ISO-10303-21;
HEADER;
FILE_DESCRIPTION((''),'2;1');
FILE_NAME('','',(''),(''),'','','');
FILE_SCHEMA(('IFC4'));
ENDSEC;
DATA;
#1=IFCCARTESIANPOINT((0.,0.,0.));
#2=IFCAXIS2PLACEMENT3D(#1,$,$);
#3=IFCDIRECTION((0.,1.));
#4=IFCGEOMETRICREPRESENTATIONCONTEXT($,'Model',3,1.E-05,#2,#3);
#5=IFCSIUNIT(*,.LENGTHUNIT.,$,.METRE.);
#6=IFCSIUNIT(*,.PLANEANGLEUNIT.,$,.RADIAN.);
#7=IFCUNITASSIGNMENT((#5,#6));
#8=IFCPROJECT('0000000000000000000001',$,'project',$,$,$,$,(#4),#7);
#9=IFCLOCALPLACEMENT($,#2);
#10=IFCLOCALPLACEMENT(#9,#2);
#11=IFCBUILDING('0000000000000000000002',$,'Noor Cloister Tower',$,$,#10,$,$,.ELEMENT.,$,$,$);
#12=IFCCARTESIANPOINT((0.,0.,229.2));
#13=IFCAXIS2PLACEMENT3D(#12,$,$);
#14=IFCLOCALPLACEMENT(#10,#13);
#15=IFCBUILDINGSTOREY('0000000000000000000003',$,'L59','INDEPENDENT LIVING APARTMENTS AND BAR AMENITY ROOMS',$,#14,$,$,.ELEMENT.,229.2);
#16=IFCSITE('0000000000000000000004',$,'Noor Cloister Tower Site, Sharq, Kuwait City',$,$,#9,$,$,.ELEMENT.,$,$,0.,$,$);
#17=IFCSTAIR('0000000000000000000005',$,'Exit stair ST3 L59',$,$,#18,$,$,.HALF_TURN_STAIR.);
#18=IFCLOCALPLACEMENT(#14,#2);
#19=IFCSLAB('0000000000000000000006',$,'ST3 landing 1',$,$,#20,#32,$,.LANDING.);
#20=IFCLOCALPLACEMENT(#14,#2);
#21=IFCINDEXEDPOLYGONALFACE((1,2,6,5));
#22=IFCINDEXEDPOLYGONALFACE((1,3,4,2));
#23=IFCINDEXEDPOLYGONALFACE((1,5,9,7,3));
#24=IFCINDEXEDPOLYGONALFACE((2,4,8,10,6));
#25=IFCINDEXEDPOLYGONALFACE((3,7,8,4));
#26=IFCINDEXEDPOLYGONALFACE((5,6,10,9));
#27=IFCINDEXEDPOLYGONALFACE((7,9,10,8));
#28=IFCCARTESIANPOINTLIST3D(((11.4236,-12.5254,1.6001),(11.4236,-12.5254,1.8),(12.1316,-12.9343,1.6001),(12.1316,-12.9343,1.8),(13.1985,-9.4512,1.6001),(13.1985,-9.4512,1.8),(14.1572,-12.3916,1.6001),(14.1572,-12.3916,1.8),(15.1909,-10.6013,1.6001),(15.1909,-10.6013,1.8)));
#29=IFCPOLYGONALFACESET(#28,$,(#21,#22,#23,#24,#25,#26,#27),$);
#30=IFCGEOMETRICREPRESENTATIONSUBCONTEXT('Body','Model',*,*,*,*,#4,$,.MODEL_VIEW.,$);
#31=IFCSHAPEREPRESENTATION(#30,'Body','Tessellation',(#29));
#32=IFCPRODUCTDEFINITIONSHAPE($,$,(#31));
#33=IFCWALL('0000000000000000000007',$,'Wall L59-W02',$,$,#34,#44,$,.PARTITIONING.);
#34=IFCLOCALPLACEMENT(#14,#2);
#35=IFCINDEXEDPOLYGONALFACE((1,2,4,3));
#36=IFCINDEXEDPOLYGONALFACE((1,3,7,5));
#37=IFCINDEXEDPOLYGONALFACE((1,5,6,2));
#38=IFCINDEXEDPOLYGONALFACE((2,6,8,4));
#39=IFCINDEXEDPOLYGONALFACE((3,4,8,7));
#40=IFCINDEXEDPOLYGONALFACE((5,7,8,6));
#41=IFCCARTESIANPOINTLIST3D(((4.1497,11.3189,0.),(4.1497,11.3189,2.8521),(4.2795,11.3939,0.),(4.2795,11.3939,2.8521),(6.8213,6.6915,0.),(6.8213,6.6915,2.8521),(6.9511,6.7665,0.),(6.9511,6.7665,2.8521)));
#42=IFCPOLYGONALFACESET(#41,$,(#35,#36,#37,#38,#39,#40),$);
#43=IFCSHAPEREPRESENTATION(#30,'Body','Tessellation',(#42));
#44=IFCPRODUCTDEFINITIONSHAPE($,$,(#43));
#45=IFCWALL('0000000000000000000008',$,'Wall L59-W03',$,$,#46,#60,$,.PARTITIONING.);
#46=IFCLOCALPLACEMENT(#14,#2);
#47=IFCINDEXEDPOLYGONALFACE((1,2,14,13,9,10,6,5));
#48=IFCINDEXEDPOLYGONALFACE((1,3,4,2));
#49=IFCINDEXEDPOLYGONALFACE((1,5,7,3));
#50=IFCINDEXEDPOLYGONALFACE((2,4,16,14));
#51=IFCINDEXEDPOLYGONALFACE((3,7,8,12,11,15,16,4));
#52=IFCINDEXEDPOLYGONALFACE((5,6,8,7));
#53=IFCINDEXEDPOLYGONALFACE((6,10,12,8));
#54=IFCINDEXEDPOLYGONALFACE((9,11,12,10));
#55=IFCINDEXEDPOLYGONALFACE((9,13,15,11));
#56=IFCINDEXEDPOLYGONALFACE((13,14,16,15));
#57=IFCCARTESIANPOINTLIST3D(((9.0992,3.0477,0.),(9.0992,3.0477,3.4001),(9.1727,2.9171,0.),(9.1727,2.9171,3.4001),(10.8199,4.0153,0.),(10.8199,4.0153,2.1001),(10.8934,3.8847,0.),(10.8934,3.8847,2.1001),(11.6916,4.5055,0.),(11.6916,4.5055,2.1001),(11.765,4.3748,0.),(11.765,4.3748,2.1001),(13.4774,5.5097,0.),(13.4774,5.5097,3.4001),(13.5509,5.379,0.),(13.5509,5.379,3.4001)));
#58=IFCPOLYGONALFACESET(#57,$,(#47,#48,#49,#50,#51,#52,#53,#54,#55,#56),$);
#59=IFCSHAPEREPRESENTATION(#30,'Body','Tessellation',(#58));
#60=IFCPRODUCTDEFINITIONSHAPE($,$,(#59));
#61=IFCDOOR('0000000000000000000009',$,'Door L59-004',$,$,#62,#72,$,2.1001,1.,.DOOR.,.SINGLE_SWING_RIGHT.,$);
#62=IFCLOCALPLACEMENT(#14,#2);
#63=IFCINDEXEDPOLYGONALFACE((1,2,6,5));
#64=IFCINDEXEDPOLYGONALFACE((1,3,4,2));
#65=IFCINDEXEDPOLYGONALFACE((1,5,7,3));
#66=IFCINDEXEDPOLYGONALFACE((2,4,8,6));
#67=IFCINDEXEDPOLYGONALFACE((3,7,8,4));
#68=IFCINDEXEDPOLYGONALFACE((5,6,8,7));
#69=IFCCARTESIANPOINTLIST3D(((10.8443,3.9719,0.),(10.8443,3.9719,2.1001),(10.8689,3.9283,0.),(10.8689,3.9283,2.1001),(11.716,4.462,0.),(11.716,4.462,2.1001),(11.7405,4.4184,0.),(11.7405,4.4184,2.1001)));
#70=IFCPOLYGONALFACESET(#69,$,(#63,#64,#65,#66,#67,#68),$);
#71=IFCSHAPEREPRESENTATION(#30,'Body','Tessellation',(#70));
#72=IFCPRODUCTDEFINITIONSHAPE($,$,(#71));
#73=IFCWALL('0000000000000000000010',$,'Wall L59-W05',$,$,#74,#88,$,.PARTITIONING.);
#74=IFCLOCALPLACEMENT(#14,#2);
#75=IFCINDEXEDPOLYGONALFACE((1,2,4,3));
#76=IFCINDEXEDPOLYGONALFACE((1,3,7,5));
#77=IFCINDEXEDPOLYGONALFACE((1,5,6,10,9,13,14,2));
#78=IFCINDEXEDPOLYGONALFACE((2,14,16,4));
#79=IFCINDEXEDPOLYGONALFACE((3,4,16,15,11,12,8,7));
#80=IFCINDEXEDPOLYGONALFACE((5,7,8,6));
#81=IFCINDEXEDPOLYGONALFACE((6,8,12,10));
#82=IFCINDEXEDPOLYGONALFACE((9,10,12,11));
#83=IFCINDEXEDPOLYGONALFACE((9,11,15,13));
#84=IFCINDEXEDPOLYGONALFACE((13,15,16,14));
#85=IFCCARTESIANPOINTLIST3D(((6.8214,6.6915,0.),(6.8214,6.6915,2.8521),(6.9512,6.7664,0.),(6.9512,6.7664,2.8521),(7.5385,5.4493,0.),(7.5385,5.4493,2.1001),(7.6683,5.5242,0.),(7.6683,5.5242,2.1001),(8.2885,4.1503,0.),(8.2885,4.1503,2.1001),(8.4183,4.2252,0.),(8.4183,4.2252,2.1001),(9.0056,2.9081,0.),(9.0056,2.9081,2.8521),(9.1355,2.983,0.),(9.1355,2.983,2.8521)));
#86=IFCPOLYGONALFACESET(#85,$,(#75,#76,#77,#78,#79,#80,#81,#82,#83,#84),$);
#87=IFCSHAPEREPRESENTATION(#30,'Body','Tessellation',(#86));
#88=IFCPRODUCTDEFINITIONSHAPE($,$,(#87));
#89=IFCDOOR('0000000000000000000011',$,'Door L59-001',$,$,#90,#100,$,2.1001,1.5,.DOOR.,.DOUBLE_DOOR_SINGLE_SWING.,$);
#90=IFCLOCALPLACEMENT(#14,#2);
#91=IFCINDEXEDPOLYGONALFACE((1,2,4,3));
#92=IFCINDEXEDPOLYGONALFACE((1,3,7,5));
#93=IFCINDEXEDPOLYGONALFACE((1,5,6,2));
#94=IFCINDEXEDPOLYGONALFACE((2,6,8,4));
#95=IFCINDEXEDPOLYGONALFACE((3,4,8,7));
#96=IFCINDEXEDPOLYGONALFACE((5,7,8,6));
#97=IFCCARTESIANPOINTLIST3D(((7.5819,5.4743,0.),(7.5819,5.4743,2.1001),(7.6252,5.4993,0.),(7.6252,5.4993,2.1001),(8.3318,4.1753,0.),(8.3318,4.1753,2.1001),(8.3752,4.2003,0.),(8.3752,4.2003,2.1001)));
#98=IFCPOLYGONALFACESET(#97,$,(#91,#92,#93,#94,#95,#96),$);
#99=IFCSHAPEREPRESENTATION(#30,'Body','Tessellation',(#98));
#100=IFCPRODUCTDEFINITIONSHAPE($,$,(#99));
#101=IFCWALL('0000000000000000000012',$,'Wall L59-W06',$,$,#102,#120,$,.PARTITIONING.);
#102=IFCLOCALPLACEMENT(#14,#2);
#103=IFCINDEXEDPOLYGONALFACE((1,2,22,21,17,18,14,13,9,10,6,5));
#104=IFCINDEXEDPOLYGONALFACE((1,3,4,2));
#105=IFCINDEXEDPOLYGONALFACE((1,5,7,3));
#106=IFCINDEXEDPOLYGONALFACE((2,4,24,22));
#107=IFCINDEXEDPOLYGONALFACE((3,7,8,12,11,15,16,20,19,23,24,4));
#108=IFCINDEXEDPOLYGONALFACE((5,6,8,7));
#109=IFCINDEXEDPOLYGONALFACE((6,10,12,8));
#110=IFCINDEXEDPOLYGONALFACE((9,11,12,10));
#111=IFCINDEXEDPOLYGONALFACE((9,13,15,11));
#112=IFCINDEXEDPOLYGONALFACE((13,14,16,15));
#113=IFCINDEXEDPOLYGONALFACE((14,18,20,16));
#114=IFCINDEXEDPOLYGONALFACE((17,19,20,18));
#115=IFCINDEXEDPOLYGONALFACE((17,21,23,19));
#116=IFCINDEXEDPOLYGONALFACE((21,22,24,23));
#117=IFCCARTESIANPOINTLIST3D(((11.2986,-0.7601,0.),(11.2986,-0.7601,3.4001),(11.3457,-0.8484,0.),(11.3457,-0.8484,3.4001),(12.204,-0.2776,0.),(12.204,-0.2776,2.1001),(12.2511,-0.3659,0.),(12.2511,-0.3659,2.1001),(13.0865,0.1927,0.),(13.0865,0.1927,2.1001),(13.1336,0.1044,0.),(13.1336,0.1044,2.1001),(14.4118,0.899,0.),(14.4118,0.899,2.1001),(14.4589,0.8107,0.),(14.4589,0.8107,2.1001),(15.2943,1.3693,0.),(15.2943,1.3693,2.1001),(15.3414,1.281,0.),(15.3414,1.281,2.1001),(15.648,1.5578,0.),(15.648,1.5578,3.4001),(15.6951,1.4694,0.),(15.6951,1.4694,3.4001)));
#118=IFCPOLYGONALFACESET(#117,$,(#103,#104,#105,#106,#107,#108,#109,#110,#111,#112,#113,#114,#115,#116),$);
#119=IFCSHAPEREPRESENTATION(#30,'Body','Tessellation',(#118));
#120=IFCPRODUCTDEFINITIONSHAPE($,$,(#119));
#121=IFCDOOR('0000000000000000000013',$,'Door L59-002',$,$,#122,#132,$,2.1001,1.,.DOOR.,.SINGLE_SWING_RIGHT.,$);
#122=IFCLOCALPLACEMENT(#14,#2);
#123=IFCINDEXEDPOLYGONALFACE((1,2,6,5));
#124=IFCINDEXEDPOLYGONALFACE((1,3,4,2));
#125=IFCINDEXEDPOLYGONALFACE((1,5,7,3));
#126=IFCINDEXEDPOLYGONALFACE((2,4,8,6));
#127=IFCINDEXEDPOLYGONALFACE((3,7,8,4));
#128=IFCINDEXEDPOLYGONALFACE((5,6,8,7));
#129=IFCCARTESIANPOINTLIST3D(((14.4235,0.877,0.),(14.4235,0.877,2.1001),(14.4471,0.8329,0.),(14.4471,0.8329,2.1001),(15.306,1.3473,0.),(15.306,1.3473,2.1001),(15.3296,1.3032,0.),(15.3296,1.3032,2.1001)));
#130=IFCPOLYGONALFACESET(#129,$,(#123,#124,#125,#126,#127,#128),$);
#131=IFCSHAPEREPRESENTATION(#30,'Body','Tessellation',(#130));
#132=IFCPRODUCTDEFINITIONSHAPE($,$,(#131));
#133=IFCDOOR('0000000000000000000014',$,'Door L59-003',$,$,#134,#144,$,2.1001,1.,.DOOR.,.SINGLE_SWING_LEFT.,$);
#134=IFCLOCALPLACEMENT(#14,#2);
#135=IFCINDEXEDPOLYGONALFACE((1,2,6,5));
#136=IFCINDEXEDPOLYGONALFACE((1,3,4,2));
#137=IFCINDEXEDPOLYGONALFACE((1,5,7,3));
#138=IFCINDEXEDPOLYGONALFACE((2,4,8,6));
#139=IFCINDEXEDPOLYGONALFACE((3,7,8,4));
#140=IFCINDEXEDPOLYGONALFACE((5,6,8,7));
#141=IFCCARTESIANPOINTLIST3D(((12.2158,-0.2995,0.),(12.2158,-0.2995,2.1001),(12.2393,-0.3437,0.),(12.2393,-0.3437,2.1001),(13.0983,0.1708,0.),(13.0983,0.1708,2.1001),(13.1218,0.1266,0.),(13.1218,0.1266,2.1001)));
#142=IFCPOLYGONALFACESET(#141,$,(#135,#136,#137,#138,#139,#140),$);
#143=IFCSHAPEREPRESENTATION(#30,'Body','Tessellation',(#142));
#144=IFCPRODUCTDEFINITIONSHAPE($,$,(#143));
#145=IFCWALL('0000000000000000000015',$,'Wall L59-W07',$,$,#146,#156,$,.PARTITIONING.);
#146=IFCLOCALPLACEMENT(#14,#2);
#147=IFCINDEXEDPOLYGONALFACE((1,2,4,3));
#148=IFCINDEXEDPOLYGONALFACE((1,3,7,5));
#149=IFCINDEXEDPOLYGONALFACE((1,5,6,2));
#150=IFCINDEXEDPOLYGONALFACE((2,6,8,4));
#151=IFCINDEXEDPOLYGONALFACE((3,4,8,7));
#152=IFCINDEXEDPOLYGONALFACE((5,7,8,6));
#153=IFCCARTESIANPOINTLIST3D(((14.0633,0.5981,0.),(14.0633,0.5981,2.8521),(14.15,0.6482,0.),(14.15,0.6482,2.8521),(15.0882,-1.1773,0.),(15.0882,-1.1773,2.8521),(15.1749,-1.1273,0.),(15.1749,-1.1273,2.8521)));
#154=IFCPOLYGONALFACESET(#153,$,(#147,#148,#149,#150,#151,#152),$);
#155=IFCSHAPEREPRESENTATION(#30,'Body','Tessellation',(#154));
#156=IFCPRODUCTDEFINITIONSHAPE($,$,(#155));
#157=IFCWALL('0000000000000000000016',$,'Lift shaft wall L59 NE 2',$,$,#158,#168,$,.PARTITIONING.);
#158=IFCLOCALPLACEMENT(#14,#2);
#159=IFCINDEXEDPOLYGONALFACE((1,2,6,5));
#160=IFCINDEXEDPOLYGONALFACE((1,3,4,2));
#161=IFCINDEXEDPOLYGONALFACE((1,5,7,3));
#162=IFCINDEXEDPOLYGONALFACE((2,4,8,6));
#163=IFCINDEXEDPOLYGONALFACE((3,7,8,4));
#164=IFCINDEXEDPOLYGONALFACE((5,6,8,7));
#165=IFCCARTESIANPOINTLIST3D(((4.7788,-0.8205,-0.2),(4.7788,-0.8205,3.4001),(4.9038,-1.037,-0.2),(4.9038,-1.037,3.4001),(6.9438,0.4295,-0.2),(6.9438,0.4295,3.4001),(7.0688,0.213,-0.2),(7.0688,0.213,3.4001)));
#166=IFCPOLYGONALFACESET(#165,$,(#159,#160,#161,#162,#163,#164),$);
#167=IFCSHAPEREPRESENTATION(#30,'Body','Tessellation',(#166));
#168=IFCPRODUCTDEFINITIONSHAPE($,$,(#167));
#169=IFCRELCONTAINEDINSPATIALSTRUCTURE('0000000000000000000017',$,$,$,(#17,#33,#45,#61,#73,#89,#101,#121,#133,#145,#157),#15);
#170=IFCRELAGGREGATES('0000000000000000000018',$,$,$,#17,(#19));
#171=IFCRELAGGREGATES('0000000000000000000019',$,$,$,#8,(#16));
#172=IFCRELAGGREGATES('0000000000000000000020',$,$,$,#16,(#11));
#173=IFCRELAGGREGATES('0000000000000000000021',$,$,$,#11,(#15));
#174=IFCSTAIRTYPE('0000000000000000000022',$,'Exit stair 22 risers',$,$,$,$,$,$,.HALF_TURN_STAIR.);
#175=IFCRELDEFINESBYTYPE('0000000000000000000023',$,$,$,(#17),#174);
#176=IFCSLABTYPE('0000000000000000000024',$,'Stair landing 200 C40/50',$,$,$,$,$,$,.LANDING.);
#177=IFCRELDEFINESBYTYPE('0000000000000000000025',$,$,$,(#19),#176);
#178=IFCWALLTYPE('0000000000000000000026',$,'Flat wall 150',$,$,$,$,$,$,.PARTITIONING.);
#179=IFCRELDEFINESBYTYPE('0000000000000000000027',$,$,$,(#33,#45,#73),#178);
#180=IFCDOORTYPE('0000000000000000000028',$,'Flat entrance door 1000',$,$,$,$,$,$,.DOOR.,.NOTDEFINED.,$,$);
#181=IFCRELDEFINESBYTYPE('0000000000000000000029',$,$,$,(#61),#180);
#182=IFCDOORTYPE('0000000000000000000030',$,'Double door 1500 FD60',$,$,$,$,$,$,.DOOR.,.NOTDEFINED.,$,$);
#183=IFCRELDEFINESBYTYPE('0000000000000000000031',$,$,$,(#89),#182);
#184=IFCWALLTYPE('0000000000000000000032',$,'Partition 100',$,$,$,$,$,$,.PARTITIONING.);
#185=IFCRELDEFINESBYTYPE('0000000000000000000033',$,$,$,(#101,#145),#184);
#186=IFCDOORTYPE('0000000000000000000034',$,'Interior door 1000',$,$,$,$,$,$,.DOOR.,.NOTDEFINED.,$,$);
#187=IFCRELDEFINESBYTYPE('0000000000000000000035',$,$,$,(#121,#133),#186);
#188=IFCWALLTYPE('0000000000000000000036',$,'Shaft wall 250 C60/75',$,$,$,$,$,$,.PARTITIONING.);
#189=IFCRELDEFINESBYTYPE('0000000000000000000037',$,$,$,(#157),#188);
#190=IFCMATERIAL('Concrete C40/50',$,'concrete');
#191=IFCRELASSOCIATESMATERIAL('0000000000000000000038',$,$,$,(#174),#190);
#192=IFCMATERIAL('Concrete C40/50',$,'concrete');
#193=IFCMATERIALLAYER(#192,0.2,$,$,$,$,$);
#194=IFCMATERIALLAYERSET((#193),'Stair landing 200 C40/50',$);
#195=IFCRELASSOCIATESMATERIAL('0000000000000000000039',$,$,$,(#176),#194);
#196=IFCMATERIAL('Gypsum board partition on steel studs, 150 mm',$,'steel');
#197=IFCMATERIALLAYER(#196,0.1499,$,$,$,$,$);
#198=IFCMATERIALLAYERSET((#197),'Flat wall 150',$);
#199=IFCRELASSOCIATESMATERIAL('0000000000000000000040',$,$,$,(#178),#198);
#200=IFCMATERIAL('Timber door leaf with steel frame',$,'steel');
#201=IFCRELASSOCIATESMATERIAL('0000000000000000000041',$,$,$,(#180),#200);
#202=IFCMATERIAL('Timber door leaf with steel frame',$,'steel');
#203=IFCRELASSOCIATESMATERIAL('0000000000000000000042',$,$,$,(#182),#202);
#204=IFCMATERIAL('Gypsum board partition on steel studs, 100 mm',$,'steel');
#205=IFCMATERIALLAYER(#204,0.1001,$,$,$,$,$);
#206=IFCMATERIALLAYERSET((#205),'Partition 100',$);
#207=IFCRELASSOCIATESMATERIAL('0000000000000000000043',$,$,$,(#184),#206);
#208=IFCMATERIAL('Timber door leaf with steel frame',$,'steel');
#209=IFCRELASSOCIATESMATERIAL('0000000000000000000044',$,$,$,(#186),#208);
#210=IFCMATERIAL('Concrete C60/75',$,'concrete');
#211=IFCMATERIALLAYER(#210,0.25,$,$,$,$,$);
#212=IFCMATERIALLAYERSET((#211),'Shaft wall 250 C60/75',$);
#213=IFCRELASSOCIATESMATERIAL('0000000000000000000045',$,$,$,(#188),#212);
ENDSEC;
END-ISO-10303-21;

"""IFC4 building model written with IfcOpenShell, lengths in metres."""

from ifc_helpers import new_model, si_unit, direction, frame, frame_2d, origin, place, context, subcontext, project, spatial, polyline, rectangle, outline, extrude, material, layer, layer_set, type_object, element, fill, aggregate, save


model = new_model("IFC4")

# Units and contexts
model_context = context("Model", 3, precision=1e-05, world=origin(), true_north=direction((0.0, 1.0)))
body_context = subcontext(model_context, "Body", "Model", "MODEL_VIEW")
ifc_project = project(units=[si_unit("LENGTHUNIT", "METRE"), si_unit("PLANEANGLEUNIT", "RADIAN")], contexts=[model_context])

# Site, building, storey
site_placement = place(None, origin())
site = spatial("IfcSite", under=ifc_project, at=site_placement, Name="Noor Cloister Tower Site, Sharq, Kuwait City", CompositionType="ELEMENT", RefElevation=0.0)
building_placement = place(site_placement, origin())
building = spatial("IfcBuilding", under=site, at=building_placement, Name="Noor Cloister Tower", CompositionType="ELEMENT")
storey_placement = place(building_placement, frame((0.0, 0.0, 229.2)))
storey = spatial("IfcBuildingStorey", under=building, at=storey_placement, Name="L59", Description="INDEPENDENT LIVING APARTMENTS AND BAR AMENITY ROOMS", CompositionType="ELEMENT", Elevation=229.2)

# Stair, slab
ifc_material_1 = material(Name="Concrete C40/50", Category="concrete")
stair_type = type_object("IfcStairType", Name="Exit stair 22 risers", PredefinedType="HALF_TURN_STAIR", material=ifc_material_1)
ifc_material_2 = material(Name="Concrete C40/50", Category="concrete")
ifc_layer_1 = layer(ifc_material_2, 0.2)
ifc_layer_set_1 = layer_set([ifc_layer_1], Name="Stair landing 200 C40/50")
slab_type = type_object("IfcSlabType", Name="Stair landing 200 C40/50", PredefinedType="LANDING", material=ifc_layer_set_1)
stair_1_placement = place(storey_placement, origin())
stair_1 = element("IfcStair", 1, at=stair_1_placement, inside=storey, type_object=stair_type, Name="Exit stair ST3 L59", PredefinedType="HALF_TURN_STAIR")
slab_1_placement = place(storey_placement, frame((0.0, 0.0, 1.6001)))
slab_1 = element("IfcSlab", 2, at=slab_1_placement, type_object=slab_type, Name="ST3 landing 1", PredefinedType="LANDING", context=body_context, shape_type="SweptSolid", body=[
    extrude(outline(polyline([(11.4236, -12.5254), (12.1316, -12.9343), (14.1572, -12.3916), (15.1909, -10.6013), (13.1985, -9.4512), (11.4236, -12.5254)])), origin(), (0.0, 0.0, 1.0), 0.2),
])
aggregate(stair_1, [slab_1])

# Wall
ifc_material_3 = material(Name="Gypsum board partition on steel studs, 150 mm", Category="steel")
ifc_layer_2 = layer(ifc_material_3, 0.1499)
ifc_layer_set_2 = layer_set([ifc_layer_2], Name="Flat wall 150")
wall_type_1 = type_object("IfcWallType", Name="Flat wall 150", PredefinedType="PARTITIONING", material=ifc_layer_set_2)
wall_1_placement = place(storey_placement, frame((6.8862, 6.729, 0.0), z_axis=(0.0, 0.0, 1.0), x_axis=(-0.499997, 0.866027, 0.0)))
element("IfcWall", 3, at=wall_1_placement, inside=storey, type_object=wall_type_1, Name="Wall L59-W02", PredefinedType="PARTITIONING", context=body_context, shape_type="SweptSolid", body=[
    extrude(rectangle(XDim=5.3433, YDim=0.1499, at=frame_2d((2.6716, 0.0))), origin(), (0.0, 0.0, 1.0), 2.8521),
])

# Walls, openings, doors
wall_2_placement = place(storey_placement, frame((13.5142, 5.4443, 0.0), z_axis=(0.0, 0.0, 1.0), x_axis=(-0.871644, -0.490139, 0.0)))
wall_2 = element("IfcWall", 4, at=wall_2_placement, inside=storey, type_object=wall_type_1, Name="Wall L59-W03", PredefinedType="PARTITIONING", context=body_context, shape_type="SweptSolid", body=[
    extrude(rectangle(XDim=5.0229, YDim=0.1499, at=frame_2d((2.5115, 0.0))), origin(), (0.0, 0.0, 1.0), 3.4001),
])
opening_1_placement = place(wall_2_placement, frame((2.0488, 0.0, 0.0)))
opening_1 = element("IfcOpeningElement", 5, at=opening_1_placement, cuts=wall_2, PredefinedType="OPENING", context=body_context, shape_type="SweptSolid", body=[
    extrude(rectangle(XDim=1.0, YDim=2.1001, at=frame_2d((0.5, 1.05))), frame((0.0, 0.085, 0.0), z_axis=(0.0, -1.0, 0.0), x_axis=(1.0, 0.0, 0.0)), (0.0, 0.0, 1.0), 0.1699),
])
ifc_material_4 = material(Name="Timber door leaf with steel frame", Category="steel")
door_type_1 = type_object("IfcDoorType", Name="Flat entrance door 1000", OperationType="NOTDEFINED", PredefinedType="DOOR", material=ifc_material_4)
door_1_placement = place(opening_1_placement, origin())
door_1 = element("IfcDoor", 6, at=door_1_placement, inside=storey, type_object=door_type_1, Name="Door L59-004", OperationType="SINGLE_SWING_RIGHT", OverallHeight=2.1001, OverallWidth=1.0, PredefinedType="DOOR", context=body_context, shape_type="SweptSolid", body=[
    extrude(rectangle(XDim=1.0, YDim=2.1001, at=frame_2d((0.5, 1.05))), frame((0.0, 0.0249, 0.0), z_axis=(0.0, -1.0, 0.0), x_axis=(1.0, 0.0, 0.0)), (0.0, 0.0, 1.0), 0.05),
])
fill(opening_1, door_1)
wall_3_placement = place(storey_placement, frame((9.0706, 2.9456, 0.0), z_axis=(0.0, 0.0, 1.0), x_axis=(-0.499992, 0.86603, 0.0)))
wall_3 = element("IfcWall", 7, at=wall_3_placement, inside=storey, type_object=wall_type_1, Name="Wall L59-W05", PredefinedType="PARTITIONING", context=body_context, shape_type="SweptSolid", body=[
    extrude(rectangle(XDim=4.3687, YDim=0.1499, at=frame_2d((2.1843, 0.0))), origin(), (0.0, 0.0, 1.0), 2.8521),
])
opening_2_placement = place(wall_3_placement, frame((1.4343, 0.0, 0.0)))
opening_2 = element("IfcOpeningElement", 8, at=opening_2_placement, cuts=wall_3, PredefinedType="OPENING", context=body_context, shape_type="SweptSolid", body=[
    extrude(rectangle(XDim=1.5, YDim=2.1001, at=frame_2d((0.75, 1.05))), frame((0.0, 0.085, 0.0), z_axis=(0.0, -1.0, 0.0), x_axis=(1.0, 0.0, 0.0)), (0.0, 0.0, 1.0), 0.1699),
])
ifc_material_5 = material(Name="Timber door leaf with steel frame", Category="steel")
door_type_2 = type_object("IfcDoorType", Name="Double door 1500 FD60", OperationType="NOTDEFINED", PredefinedType="DOOR", material=ifc_material_5)
door_2_placement = place(opening_2_placement, origin())
door_2 = element("IfcDoor", 9, at=door_2_placement, inside=storey, type_object=door_type_2, Name="Door L59-001", OperationType="DOUBLE_DOOR_SINGLE_SWING", OverallHeight=2.1001, OverallWidth=1.5, PredefinedType="DOOR", context=body_context, shape_type="SweptSolid", body=[
    extrude(rectangle(XDim=1.5, YDim=2.1001, at=frame_2d((0.75, 1.05))), frame((0.0, 0.0249, 0.0), z_axis=(0.0, -1.0, 0.0), x_axis=(1.0, 0.0, 0.0)), (0.0, 0.0, 1.0), 0.05),
])
fill(opening_2, door_2)

# Wall, openings, doors
ifc_material_6 = material(Name="Gypsum board partition on steel studs, 100 mm", Category="steel")
ifc_layer_3 = layer(ifc_material_6, 0.1001)
ifc_layer_set_3 = layer_set([ifc_layer_3], Name="Partition 100")
wall_type_2 = type_object("IfcWallType", Name="Partition 100", PredefinedType="PARTITIONING", material=ifc_layer_set_3)
wall_4_placement = place(storey_placement, frame((15.6716, 1.5137, 0.0), z_axis=(0.0, 0.0, 1.0), x_axis=(-0.882504, -0.470305, 0.0)))
wall_4 = element("IfcWall", 10, at=wall_4_placement, inside=storey, type_object=wall_type_2, Name="Wall L59-W06", PredefinedType="PARTITIONING", context=body_context, shape_type="SweptSolid", body=[
    extrude(rectangle(XDim=4.9285, YDim=0.1001, at=frame_2d((2.4644, 0.0))), origin(), (0.0, 0.0, 1.0), 3.4001),
])
opening_3_placement = place(wall_4_placement, frame((0.4009, 0.0, 0.0)))
opening_3 = element("IfcOpeningElement", 11, at=opening_3_placement, cuts=wall_4, PredefinedType="OPENING", context=body_context, shape_type="SweptSolid", body=[
    extrude(rectangle(XDim=1.0, YDim=2.1001, at=frame_2d((0.5, 1.05))), frame((0.0, 0.0601, 0.0), z_axis=(0.0, -1.0, 0.0), x_axis=(1.0, 0.0, 0.0)), (0.0, 0.0, 1.0), 0.1201),
])
opening_4_placement = place(wall_4_placement, frame((2.9026, 0.0, 0.0)))
opening_4 = element("IfcOpeningElement", 12, at=opening_4_placement, cuts=wall_4, PredefinedType="OPENING", context=body_context, shape_type="SweptSolid", body=[
    extrude(rectangle(XDim=1.0, YDim=2.1001, at=frame_2d((0.5, 1.05))), frame((0.0, 0.0601, 0.0), z_axis=(0.0, -1.0, 0.0), x_axis=(1.0, 0.0, 0.0)), (0.0, 0.0, 1.0), 0.1201),
])
ifc_material_7 = material(Name="Timber door leaf with steel frame", Category="steel")
door_type_3 = type_object("IfcDoorType", Name="Interior door 1000", OperationType="NOTDEFINED", PredefinedType="DOOR", material=ifc_material_7)
door_3_placement = place(opening_3_placement, origin())
door_3 = element("IfcDoor", 13, at=door_3_placement, inside=storey, type_object=door_type_3, Name="Door L59-002", OperationType="SINGLE_SWING_RIGHT", OverallHeight=2.1001, OverallWidth=1.0, PredefinedType="DOOR", context=body_context, shape_type="SweptSolid", body=[
    extrude(rectangle(XDim=1.0, YDim=2.1001, at=frame_2d((0.5, 1.05))), frame((0.0, 0.0249, 0.0), z_axis=(0.0, -1.0, 0.0), x_axis=(1.0, 0.0, 0.0)), (0.0, 0.0, 1.0), 0.05),
])
fill(opening_3, door_3)
door_4_placement = place(opening_4_placement, origin())
door_4 = element("IfcDoor", 14, at=door_4_placement, inside=storey, type_object=door_type_3, Name="Door L59-003", OperationType="SINGLE_SWING_LEFT", OverallHeight=2.1001, OverallWidth=1.0, PredefinedType="DOOR", context=body_context, shape_type="SweptSolid", body=[
    extrude(rectangle(XDim=1.0, YDim=2.1001, at=frame_2d((0.5, 1.05))), frame((0.0, 0.0249, 0.0), z_axis=(0.0, -1.0, 0.0), x_axis=(1.0, 0.0, 0.0)), (0.0, 0.0, 1.0), 0.05),
])
fill(opening_4, door_4)

# Walls
wall_5_placement = place(storey_placement, frame((14.1067, 0.623, 0.0), z_axis=(0.0, 0.0, 1.0), x_axis=(0.499956, -0.866051, 0.0)))
element("IfcWall", 15, at=wall_5_placement, inside=storey, type_object=wall_type_2, Name="Wall L59-W07", PredefinedType="PARTITIONING", context=body_context, shape_type="SweptSolid", body=[
    extrude(rectangle(XDim=2.05, YDim=0.1001, at=frame_2d((1.0249, 0.0))), origin(), (0.0, 0.0, 1.0), 2.8521),
])
ifc_material_8 = material(Name="Concrete C60/75", Category="concrete")
ifc_layer_4 = layer(ifc_material_8, 0.25)
ifc_layer_set_4 = layer_set([ifc_layer_4], Name="Shaft wall 250 C60/75")
wall_type_3 = type_object("IfcWallType", Name="Shaft wall 250 C60/75", PredefinedType="PARTITIONING", material=ifc_layer_set_4)
wall_6_placement = place(storey_placement, frame((7.0063, 0.3213, -0.2), z_axis=(0.0, 0.0, 1.0), x_axis=(-0.866023, -0.500004, 0.0)))
element("IfcWall", 16, at=wall_6_placement, inside=storey, type_object=wall_type_3, Name="Lift shaft wall L59 NE 2", PredefinedType="PARTITIONING", context=body_context, shape_type="SweptSolid", body=[
    extrude(rectangle(XDim=2.5, YDim=0.25, at=frame_2d((1.25, 0.0))), origin(), (0.0, 0.0, 1.0), 3.6001),
])

save(model, "model.ifc")
